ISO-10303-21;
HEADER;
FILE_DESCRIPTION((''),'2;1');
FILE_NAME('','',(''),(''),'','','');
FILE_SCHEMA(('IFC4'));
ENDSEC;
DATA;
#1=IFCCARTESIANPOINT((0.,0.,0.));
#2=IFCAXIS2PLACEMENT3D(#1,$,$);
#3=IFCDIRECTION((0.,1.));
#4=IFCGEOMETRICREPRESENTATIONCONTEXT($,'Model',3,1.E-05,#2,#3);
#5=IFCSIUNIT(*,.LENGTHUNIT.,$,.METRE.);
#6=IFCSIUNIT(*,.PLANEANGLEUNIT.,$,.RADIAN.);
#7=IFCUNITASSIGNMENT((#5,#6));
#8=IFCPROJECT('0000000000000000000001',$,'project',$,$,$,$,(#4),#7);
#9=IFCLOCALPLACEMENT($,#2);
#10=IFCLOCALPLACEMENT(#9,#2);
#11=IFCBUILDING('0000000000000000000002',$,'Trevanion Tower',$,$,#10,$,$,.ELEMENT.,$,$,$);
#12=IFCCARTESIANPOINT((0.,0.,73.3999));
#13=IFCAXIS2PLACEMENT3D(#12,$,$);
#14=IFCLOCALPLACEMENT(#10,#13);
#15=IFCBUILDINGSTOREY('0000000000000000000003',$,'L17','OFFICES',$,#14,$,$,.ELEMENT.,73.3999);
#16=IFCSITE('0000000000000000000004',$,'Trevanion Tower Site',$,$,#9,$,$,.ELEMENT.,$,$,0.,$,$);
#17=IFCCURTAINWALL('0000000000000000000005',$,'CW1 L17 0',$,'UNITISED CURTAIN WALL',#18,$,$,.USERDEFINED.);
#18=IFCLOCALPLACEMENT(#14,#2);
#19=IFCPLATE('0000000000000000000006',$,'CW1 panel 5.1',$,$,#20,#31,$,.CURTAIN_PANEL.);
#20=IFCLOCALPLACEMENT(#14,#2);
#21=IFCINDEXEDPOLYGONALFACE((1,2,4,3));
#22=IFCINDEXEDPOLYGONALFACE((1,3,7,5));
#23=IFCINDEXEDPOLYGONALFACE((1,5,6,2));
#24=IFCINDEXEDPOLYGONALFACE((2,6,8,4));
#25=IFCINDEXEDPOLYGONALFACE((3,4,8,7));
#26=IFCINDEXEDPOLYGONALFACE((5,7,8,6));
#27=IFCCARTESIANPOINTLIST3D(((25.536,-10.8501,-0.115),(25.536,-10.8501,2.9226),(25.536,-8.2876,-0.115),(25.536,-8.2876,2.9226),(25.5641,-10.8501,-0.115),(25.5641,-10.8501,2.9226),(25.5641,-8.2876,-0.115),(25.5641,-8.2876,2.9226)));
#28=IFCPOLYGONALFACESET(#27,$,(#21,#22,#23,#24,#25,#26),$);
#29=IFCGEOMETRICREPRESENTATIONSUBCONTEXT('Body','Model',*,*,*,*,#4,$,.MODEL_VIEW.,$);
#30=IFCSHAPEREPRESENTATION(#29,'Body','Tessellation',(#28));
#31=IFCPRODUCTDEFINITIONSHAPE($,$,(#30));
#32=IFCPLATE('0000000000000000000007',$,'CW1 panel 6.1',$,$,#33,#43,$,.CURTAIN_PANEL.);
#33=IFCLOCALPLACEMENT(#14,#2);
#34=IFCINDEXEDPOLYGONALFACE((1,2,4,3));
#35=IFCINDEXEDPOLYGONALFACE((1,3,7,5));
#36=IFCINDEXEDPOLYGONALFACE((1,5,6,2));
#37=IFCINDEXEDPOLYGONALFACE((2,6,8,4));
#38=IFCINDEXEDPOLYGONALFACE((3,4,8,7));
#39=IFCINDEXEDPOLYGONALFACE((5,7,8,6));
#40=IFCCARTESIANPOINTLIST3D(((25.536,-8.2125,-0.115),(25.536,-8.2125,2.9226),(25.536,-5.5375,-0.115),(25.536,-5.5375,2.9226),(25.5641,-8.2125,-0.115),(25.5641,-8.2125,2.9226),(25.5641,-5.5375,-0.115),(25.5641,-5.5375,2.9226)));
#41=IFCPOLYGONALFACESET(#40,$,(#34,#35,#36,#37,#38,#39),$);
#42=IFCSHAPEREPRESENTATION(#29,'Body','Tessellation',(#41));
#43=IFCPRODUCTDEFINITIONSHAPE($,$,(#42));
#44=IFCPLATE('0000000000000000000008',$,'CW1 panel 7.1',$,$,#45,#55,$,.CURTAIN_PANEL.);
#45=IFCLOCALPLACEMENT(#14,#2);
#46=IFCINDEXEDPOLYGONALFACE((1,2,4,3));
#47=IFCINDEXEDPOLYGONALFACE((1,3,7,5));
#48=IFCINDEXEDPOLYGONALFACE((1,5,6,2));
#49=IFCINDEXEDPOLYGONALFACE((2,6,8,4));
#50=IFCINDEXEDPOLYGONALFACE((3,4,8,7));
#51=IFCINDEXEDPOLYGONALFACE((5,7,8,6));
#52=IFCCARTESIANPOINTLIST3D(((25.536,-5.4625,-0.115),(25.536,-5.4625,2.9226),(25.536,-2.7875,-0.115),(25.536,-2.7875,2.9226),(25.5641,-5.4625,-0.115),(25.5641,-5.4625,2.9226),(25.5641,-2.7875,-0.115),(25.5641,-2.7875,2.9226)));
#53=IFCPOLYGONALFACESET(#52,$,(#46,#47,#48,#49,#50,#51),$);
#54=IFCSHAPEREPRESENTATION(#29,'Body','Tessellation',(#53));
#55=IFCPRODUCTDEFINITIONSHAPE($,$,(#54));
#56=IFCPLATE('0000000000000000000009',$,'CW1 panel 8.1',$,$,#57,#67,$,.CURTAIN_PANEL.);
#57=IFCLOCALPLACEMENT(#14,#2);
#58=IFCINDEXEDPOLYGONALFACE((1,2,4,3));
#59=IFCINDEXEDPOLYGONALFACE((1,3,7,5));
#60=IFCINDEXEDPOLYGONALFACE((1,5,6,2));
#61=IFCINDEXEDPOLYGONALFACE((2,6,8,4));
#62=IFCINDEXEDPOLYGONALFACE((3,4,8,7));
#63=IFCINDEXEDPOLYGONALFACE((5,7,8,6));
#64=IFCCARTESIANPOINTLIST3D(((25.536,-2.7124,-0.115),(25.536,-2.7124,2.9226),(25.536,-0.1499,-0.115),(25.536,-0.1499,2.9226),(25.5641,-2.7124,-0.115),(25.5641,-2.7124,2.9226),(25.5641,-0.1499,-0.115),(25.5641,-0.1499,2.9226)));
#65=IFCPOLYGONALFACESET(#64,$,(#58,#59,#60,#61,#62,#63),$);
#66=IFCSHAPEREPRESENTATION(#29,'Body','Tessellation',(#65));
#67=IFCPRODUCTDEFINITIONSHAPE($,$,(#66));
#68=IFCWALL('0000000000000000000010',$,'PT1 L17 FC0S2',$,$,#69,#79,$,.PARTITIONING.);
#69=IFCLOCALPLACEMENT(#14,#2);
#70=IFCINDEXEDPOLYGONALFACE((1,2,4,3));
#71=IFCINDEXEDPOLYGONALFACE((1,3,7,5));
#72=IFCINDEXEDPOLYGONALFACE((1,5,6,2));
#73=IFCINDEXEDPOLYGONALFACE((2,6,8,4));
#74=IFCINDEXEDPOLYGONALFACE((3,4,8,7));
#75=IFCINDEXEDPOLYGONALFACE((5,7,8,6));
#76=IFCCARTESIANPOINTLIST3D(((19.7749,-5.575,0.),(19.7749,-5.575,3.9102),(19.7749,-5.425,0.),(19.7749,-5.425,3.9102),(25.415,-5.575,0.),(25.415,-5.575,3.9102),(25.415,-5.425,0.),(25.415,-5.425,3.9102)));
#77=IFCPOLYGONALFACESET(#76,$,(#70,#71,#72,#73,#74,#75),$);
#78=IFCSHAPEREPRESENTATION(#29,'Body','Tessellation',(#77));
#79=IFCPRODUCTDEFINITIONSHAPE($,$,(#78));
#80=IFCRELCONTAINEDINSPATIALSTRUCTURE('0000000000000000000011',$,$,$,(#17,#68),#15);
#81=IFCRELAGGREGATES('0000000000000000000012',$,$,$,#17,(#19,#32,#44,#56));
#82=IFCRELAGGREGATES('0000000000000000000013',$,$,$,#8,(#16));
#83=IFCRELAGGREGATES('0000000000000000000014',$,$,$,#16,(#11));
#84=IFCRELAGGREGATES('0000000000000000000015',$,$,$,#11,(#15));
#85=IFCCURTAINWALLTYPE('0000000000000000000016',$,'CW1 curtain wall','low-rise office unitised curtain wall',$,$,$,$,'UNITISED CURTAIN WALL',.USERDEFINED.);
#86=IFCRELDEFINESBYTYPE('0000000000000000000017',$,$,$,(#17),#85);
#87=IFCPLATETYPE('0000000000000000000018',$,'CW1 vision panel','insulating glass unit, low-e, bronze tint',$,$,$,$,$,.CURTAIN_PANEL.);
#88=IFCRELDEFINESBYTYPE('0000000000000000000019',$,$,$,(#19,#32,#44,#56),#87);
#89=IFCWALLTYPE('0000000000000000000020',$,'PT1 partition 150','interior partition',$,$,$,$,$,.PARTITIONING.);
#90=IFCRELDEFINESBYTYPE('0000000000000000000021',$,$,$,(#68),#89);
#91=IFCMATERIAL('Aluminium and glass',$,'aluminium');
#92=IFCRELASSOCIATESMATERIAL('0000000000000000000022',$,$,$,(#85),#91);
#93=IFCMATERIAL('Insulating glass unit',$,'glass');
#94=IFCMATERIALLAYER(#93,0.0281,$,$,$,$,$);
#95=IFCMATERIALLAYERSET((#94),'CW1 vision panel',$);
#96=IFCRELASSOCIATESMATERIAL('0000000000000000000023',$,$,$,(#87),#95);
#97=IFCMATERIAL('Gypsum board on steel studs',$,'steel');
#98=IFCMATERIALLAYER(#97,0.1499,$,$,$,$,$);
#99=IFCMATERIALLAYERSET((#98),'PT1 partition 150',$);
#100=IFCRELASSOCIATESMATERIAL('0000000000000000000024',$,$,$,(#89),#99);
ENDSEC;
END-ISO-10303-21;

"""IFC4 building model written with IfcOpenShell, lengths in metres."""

from ifc_helpers import new_model, si_unit, direction, frame, frame_2d, origin, origin_2d, place, context, subcontext, project, spatial, rectangle, extrude, material, layer, layer_set, type_object, element, aggregate, save


model = new_model("IFC4")

# Units and contexts
model_context = context("Model", 3, precision=1e-05, world=origin(), true_north=direction((0.0, 1.0)))
body_context = subcontext(model_context, "Body", "Model", "MODEL_VIEW")
ifc_project = project(units=[si_unit("LENGTHUNIT", "METRE"), si_unit("PLANEANGLEUNIT", "RADIAN")], contexts=[model_context])

# Site, building, storey
site_placement = place(None, origin())
site = spatial("IfcSite", under=ifc_project, at=site_placement, Name="Trevanion Tower Site", CompositionType="ELEMENT", RefElevation=0.0)
building_placement = place(site_placement, origin())
building = spatial("IfcBuilding", under=site, at=building_placement, Name="Trevanion Tower", CompositionType="ELEMENT")
storey_placement = place(building_placement, frame((0.0, 0.0, 73.3999)))
storey = spatial("IfcBuildingStorey", under=building, at=storey_placement, Name="L17", Description="OFFICES", CompositionType="ELEMENT", Elevation=73.3999)

# Curtain wall, plates
ifc_material_1 = material(Name="Aluminium and glass", Category="aluminium")
curtain_wall_type = type_object("IfcCurtainWallType", Name="CW1 curtain wall", Description="low-rise office unitised curtain wall", ElementType="UNITISED CURTAIN WALL", PredefinedType="USERDEFINED", material=ifc_material_1)
curtain_wall_placement = place(storey_placement, origin())
curtain_wall = element("IfcCurtainWall", 1, at=curtain_wall_placement, inside=storey, type_object=curtain_wall_type, Name="CW1 L17 0", ObjectType="UNITISED CURTAIN WALL", PredefinedType="USERDEFINED")
ifc_material_2 = material(Name="Insulating glass unit", Category="glass")
ifc_layer_1 = layer(ifc_material_2, 0.0281)
ifc_layer_set_1 = layer_set([ifc_layer_1], Name="CW1 vision panel")
plate_type_1 = type_object("IfcPlateType", Name="CW1 vision panel", Description="insulating glass unit, low-e, bronze tint", PredefinedType="CURTAIN_PANEL", material=ifc_layer_set_1)
plate_1_placement = place(storey_placement, frame((25.55, -9.5688, -0.115), z_axis=(0.0, 0.0, 1.0), x_axis=(0.0, 1.0, 0.0)))
plate_1 = element("IfcPlate", 2, at=plate_1_placement, type_object=plate_type_1, Name="CW1 panel 5.1", PredefinedType="CURTAIN_PANEL", context=body_context, shape_type="SweptSolid", body=[
    extrude(rectangle(XDim=2.5625, YDim=0.0281, at=origin_2d()), origin(), (0.0, 0.0, 1.0), 3.0376),
])
plate_2_placement = place(storey_placement, frame((25.55, -6.875, -0.115), z_axis=(0.0, 0.0, 1.0), x_axis=(0.0, 1.0, 0.0)))
plate_2 = element("IfcPlate", 3, at=plate_2_placement, type_object=plate_type_1, Name="CW1 panel 6.1", PredefinedType="CURTAIN_PANEL", context=body_context, shape_type="SweptSolid", body=[
    extrude(rectangle(XDim=2.675, YDim=0.0281, at=origin_2d()), origin(), (0.0, 0.0, 1.0), 3.0376),
])
plate_3_placement = place(storey_placement, frame((25.55, -4.125, -0.115), z_axis=(0.0, 0.0, 1.0), x_axis=(0.0, 1.0, 0.0)))
plate_3 = element("IfcPlate", 4, at=plate_3_placement, type_object=plate_type_1, Name="CW1 panel 7.1", PredefinedType="CURTAIN_PANEL", context=body_context, shape_type="SweptSolid", body=[
    extrude(rectangle(XDim=2.675, YDim=0.0281, at=origin_2d()), origin(), (0.0, 0.0, 1.0), 3.0376),
])
plate_4_placement = place(storey_placement, frame((25.55, -1.4312, -0.115), z_axis=(0.0, 0.0, 1.0), x_axis=(0.0, 1.0, 0.0)))
plate_4 = element("IfcPlate", 5, at=plate_4_placement, type_object=plate_type_1, Name="CW1 panel 8.1", PredefinedType="CURTAIN_PANEL", context=body_context, shape_type="SweptSolid", body=[
    extrude(rectangle(XDim=2.5625, YDim=0.0281, at=origin_2d()), origin(), (0.0, 0.0, 1.0), 3.0376),
])
aggregate(curtain_wall, [plate_1, plate_2, plate_3, plate_4])

# Wall
ifc_material_3 = material(Name="Gypsum board on steel studs", Category="steel")
ifc_layer_2 = layer(ifc_material_3, 0.1499)
ifc_layer_set_2 = layer_set([ifc_layer_2], Name="PT1 partition 150")
wall_type = type_object("IfcWallType", Name="PT1 partition 150", Description="interior partition", PredefinedType="PARTITIONING", material=ifc_layer_set_2)
wall_placement = place(storey_placement, frame((19.7749, -5.5, 0.0), z_axis=(0.0, 0.0, 1.0), x_axis=(1.0, 0.0, 0.0)))
element("IfcWall", 6, at=wall_placement, inside=storey, type_object=wall_type, Name="PT1 L17 FC0S2", PredefinedType="PARTITIONING", context=body_context, shape_type="SweptSolid", body=[
    extrude(rectangle(XDim=5.6401, YDim=0.1499, at=frame_2d((2.8201, 0.0))), origin(), (0.0, 0.0, 1.0), 3.9102),
])

save(model, "model.ifc")
